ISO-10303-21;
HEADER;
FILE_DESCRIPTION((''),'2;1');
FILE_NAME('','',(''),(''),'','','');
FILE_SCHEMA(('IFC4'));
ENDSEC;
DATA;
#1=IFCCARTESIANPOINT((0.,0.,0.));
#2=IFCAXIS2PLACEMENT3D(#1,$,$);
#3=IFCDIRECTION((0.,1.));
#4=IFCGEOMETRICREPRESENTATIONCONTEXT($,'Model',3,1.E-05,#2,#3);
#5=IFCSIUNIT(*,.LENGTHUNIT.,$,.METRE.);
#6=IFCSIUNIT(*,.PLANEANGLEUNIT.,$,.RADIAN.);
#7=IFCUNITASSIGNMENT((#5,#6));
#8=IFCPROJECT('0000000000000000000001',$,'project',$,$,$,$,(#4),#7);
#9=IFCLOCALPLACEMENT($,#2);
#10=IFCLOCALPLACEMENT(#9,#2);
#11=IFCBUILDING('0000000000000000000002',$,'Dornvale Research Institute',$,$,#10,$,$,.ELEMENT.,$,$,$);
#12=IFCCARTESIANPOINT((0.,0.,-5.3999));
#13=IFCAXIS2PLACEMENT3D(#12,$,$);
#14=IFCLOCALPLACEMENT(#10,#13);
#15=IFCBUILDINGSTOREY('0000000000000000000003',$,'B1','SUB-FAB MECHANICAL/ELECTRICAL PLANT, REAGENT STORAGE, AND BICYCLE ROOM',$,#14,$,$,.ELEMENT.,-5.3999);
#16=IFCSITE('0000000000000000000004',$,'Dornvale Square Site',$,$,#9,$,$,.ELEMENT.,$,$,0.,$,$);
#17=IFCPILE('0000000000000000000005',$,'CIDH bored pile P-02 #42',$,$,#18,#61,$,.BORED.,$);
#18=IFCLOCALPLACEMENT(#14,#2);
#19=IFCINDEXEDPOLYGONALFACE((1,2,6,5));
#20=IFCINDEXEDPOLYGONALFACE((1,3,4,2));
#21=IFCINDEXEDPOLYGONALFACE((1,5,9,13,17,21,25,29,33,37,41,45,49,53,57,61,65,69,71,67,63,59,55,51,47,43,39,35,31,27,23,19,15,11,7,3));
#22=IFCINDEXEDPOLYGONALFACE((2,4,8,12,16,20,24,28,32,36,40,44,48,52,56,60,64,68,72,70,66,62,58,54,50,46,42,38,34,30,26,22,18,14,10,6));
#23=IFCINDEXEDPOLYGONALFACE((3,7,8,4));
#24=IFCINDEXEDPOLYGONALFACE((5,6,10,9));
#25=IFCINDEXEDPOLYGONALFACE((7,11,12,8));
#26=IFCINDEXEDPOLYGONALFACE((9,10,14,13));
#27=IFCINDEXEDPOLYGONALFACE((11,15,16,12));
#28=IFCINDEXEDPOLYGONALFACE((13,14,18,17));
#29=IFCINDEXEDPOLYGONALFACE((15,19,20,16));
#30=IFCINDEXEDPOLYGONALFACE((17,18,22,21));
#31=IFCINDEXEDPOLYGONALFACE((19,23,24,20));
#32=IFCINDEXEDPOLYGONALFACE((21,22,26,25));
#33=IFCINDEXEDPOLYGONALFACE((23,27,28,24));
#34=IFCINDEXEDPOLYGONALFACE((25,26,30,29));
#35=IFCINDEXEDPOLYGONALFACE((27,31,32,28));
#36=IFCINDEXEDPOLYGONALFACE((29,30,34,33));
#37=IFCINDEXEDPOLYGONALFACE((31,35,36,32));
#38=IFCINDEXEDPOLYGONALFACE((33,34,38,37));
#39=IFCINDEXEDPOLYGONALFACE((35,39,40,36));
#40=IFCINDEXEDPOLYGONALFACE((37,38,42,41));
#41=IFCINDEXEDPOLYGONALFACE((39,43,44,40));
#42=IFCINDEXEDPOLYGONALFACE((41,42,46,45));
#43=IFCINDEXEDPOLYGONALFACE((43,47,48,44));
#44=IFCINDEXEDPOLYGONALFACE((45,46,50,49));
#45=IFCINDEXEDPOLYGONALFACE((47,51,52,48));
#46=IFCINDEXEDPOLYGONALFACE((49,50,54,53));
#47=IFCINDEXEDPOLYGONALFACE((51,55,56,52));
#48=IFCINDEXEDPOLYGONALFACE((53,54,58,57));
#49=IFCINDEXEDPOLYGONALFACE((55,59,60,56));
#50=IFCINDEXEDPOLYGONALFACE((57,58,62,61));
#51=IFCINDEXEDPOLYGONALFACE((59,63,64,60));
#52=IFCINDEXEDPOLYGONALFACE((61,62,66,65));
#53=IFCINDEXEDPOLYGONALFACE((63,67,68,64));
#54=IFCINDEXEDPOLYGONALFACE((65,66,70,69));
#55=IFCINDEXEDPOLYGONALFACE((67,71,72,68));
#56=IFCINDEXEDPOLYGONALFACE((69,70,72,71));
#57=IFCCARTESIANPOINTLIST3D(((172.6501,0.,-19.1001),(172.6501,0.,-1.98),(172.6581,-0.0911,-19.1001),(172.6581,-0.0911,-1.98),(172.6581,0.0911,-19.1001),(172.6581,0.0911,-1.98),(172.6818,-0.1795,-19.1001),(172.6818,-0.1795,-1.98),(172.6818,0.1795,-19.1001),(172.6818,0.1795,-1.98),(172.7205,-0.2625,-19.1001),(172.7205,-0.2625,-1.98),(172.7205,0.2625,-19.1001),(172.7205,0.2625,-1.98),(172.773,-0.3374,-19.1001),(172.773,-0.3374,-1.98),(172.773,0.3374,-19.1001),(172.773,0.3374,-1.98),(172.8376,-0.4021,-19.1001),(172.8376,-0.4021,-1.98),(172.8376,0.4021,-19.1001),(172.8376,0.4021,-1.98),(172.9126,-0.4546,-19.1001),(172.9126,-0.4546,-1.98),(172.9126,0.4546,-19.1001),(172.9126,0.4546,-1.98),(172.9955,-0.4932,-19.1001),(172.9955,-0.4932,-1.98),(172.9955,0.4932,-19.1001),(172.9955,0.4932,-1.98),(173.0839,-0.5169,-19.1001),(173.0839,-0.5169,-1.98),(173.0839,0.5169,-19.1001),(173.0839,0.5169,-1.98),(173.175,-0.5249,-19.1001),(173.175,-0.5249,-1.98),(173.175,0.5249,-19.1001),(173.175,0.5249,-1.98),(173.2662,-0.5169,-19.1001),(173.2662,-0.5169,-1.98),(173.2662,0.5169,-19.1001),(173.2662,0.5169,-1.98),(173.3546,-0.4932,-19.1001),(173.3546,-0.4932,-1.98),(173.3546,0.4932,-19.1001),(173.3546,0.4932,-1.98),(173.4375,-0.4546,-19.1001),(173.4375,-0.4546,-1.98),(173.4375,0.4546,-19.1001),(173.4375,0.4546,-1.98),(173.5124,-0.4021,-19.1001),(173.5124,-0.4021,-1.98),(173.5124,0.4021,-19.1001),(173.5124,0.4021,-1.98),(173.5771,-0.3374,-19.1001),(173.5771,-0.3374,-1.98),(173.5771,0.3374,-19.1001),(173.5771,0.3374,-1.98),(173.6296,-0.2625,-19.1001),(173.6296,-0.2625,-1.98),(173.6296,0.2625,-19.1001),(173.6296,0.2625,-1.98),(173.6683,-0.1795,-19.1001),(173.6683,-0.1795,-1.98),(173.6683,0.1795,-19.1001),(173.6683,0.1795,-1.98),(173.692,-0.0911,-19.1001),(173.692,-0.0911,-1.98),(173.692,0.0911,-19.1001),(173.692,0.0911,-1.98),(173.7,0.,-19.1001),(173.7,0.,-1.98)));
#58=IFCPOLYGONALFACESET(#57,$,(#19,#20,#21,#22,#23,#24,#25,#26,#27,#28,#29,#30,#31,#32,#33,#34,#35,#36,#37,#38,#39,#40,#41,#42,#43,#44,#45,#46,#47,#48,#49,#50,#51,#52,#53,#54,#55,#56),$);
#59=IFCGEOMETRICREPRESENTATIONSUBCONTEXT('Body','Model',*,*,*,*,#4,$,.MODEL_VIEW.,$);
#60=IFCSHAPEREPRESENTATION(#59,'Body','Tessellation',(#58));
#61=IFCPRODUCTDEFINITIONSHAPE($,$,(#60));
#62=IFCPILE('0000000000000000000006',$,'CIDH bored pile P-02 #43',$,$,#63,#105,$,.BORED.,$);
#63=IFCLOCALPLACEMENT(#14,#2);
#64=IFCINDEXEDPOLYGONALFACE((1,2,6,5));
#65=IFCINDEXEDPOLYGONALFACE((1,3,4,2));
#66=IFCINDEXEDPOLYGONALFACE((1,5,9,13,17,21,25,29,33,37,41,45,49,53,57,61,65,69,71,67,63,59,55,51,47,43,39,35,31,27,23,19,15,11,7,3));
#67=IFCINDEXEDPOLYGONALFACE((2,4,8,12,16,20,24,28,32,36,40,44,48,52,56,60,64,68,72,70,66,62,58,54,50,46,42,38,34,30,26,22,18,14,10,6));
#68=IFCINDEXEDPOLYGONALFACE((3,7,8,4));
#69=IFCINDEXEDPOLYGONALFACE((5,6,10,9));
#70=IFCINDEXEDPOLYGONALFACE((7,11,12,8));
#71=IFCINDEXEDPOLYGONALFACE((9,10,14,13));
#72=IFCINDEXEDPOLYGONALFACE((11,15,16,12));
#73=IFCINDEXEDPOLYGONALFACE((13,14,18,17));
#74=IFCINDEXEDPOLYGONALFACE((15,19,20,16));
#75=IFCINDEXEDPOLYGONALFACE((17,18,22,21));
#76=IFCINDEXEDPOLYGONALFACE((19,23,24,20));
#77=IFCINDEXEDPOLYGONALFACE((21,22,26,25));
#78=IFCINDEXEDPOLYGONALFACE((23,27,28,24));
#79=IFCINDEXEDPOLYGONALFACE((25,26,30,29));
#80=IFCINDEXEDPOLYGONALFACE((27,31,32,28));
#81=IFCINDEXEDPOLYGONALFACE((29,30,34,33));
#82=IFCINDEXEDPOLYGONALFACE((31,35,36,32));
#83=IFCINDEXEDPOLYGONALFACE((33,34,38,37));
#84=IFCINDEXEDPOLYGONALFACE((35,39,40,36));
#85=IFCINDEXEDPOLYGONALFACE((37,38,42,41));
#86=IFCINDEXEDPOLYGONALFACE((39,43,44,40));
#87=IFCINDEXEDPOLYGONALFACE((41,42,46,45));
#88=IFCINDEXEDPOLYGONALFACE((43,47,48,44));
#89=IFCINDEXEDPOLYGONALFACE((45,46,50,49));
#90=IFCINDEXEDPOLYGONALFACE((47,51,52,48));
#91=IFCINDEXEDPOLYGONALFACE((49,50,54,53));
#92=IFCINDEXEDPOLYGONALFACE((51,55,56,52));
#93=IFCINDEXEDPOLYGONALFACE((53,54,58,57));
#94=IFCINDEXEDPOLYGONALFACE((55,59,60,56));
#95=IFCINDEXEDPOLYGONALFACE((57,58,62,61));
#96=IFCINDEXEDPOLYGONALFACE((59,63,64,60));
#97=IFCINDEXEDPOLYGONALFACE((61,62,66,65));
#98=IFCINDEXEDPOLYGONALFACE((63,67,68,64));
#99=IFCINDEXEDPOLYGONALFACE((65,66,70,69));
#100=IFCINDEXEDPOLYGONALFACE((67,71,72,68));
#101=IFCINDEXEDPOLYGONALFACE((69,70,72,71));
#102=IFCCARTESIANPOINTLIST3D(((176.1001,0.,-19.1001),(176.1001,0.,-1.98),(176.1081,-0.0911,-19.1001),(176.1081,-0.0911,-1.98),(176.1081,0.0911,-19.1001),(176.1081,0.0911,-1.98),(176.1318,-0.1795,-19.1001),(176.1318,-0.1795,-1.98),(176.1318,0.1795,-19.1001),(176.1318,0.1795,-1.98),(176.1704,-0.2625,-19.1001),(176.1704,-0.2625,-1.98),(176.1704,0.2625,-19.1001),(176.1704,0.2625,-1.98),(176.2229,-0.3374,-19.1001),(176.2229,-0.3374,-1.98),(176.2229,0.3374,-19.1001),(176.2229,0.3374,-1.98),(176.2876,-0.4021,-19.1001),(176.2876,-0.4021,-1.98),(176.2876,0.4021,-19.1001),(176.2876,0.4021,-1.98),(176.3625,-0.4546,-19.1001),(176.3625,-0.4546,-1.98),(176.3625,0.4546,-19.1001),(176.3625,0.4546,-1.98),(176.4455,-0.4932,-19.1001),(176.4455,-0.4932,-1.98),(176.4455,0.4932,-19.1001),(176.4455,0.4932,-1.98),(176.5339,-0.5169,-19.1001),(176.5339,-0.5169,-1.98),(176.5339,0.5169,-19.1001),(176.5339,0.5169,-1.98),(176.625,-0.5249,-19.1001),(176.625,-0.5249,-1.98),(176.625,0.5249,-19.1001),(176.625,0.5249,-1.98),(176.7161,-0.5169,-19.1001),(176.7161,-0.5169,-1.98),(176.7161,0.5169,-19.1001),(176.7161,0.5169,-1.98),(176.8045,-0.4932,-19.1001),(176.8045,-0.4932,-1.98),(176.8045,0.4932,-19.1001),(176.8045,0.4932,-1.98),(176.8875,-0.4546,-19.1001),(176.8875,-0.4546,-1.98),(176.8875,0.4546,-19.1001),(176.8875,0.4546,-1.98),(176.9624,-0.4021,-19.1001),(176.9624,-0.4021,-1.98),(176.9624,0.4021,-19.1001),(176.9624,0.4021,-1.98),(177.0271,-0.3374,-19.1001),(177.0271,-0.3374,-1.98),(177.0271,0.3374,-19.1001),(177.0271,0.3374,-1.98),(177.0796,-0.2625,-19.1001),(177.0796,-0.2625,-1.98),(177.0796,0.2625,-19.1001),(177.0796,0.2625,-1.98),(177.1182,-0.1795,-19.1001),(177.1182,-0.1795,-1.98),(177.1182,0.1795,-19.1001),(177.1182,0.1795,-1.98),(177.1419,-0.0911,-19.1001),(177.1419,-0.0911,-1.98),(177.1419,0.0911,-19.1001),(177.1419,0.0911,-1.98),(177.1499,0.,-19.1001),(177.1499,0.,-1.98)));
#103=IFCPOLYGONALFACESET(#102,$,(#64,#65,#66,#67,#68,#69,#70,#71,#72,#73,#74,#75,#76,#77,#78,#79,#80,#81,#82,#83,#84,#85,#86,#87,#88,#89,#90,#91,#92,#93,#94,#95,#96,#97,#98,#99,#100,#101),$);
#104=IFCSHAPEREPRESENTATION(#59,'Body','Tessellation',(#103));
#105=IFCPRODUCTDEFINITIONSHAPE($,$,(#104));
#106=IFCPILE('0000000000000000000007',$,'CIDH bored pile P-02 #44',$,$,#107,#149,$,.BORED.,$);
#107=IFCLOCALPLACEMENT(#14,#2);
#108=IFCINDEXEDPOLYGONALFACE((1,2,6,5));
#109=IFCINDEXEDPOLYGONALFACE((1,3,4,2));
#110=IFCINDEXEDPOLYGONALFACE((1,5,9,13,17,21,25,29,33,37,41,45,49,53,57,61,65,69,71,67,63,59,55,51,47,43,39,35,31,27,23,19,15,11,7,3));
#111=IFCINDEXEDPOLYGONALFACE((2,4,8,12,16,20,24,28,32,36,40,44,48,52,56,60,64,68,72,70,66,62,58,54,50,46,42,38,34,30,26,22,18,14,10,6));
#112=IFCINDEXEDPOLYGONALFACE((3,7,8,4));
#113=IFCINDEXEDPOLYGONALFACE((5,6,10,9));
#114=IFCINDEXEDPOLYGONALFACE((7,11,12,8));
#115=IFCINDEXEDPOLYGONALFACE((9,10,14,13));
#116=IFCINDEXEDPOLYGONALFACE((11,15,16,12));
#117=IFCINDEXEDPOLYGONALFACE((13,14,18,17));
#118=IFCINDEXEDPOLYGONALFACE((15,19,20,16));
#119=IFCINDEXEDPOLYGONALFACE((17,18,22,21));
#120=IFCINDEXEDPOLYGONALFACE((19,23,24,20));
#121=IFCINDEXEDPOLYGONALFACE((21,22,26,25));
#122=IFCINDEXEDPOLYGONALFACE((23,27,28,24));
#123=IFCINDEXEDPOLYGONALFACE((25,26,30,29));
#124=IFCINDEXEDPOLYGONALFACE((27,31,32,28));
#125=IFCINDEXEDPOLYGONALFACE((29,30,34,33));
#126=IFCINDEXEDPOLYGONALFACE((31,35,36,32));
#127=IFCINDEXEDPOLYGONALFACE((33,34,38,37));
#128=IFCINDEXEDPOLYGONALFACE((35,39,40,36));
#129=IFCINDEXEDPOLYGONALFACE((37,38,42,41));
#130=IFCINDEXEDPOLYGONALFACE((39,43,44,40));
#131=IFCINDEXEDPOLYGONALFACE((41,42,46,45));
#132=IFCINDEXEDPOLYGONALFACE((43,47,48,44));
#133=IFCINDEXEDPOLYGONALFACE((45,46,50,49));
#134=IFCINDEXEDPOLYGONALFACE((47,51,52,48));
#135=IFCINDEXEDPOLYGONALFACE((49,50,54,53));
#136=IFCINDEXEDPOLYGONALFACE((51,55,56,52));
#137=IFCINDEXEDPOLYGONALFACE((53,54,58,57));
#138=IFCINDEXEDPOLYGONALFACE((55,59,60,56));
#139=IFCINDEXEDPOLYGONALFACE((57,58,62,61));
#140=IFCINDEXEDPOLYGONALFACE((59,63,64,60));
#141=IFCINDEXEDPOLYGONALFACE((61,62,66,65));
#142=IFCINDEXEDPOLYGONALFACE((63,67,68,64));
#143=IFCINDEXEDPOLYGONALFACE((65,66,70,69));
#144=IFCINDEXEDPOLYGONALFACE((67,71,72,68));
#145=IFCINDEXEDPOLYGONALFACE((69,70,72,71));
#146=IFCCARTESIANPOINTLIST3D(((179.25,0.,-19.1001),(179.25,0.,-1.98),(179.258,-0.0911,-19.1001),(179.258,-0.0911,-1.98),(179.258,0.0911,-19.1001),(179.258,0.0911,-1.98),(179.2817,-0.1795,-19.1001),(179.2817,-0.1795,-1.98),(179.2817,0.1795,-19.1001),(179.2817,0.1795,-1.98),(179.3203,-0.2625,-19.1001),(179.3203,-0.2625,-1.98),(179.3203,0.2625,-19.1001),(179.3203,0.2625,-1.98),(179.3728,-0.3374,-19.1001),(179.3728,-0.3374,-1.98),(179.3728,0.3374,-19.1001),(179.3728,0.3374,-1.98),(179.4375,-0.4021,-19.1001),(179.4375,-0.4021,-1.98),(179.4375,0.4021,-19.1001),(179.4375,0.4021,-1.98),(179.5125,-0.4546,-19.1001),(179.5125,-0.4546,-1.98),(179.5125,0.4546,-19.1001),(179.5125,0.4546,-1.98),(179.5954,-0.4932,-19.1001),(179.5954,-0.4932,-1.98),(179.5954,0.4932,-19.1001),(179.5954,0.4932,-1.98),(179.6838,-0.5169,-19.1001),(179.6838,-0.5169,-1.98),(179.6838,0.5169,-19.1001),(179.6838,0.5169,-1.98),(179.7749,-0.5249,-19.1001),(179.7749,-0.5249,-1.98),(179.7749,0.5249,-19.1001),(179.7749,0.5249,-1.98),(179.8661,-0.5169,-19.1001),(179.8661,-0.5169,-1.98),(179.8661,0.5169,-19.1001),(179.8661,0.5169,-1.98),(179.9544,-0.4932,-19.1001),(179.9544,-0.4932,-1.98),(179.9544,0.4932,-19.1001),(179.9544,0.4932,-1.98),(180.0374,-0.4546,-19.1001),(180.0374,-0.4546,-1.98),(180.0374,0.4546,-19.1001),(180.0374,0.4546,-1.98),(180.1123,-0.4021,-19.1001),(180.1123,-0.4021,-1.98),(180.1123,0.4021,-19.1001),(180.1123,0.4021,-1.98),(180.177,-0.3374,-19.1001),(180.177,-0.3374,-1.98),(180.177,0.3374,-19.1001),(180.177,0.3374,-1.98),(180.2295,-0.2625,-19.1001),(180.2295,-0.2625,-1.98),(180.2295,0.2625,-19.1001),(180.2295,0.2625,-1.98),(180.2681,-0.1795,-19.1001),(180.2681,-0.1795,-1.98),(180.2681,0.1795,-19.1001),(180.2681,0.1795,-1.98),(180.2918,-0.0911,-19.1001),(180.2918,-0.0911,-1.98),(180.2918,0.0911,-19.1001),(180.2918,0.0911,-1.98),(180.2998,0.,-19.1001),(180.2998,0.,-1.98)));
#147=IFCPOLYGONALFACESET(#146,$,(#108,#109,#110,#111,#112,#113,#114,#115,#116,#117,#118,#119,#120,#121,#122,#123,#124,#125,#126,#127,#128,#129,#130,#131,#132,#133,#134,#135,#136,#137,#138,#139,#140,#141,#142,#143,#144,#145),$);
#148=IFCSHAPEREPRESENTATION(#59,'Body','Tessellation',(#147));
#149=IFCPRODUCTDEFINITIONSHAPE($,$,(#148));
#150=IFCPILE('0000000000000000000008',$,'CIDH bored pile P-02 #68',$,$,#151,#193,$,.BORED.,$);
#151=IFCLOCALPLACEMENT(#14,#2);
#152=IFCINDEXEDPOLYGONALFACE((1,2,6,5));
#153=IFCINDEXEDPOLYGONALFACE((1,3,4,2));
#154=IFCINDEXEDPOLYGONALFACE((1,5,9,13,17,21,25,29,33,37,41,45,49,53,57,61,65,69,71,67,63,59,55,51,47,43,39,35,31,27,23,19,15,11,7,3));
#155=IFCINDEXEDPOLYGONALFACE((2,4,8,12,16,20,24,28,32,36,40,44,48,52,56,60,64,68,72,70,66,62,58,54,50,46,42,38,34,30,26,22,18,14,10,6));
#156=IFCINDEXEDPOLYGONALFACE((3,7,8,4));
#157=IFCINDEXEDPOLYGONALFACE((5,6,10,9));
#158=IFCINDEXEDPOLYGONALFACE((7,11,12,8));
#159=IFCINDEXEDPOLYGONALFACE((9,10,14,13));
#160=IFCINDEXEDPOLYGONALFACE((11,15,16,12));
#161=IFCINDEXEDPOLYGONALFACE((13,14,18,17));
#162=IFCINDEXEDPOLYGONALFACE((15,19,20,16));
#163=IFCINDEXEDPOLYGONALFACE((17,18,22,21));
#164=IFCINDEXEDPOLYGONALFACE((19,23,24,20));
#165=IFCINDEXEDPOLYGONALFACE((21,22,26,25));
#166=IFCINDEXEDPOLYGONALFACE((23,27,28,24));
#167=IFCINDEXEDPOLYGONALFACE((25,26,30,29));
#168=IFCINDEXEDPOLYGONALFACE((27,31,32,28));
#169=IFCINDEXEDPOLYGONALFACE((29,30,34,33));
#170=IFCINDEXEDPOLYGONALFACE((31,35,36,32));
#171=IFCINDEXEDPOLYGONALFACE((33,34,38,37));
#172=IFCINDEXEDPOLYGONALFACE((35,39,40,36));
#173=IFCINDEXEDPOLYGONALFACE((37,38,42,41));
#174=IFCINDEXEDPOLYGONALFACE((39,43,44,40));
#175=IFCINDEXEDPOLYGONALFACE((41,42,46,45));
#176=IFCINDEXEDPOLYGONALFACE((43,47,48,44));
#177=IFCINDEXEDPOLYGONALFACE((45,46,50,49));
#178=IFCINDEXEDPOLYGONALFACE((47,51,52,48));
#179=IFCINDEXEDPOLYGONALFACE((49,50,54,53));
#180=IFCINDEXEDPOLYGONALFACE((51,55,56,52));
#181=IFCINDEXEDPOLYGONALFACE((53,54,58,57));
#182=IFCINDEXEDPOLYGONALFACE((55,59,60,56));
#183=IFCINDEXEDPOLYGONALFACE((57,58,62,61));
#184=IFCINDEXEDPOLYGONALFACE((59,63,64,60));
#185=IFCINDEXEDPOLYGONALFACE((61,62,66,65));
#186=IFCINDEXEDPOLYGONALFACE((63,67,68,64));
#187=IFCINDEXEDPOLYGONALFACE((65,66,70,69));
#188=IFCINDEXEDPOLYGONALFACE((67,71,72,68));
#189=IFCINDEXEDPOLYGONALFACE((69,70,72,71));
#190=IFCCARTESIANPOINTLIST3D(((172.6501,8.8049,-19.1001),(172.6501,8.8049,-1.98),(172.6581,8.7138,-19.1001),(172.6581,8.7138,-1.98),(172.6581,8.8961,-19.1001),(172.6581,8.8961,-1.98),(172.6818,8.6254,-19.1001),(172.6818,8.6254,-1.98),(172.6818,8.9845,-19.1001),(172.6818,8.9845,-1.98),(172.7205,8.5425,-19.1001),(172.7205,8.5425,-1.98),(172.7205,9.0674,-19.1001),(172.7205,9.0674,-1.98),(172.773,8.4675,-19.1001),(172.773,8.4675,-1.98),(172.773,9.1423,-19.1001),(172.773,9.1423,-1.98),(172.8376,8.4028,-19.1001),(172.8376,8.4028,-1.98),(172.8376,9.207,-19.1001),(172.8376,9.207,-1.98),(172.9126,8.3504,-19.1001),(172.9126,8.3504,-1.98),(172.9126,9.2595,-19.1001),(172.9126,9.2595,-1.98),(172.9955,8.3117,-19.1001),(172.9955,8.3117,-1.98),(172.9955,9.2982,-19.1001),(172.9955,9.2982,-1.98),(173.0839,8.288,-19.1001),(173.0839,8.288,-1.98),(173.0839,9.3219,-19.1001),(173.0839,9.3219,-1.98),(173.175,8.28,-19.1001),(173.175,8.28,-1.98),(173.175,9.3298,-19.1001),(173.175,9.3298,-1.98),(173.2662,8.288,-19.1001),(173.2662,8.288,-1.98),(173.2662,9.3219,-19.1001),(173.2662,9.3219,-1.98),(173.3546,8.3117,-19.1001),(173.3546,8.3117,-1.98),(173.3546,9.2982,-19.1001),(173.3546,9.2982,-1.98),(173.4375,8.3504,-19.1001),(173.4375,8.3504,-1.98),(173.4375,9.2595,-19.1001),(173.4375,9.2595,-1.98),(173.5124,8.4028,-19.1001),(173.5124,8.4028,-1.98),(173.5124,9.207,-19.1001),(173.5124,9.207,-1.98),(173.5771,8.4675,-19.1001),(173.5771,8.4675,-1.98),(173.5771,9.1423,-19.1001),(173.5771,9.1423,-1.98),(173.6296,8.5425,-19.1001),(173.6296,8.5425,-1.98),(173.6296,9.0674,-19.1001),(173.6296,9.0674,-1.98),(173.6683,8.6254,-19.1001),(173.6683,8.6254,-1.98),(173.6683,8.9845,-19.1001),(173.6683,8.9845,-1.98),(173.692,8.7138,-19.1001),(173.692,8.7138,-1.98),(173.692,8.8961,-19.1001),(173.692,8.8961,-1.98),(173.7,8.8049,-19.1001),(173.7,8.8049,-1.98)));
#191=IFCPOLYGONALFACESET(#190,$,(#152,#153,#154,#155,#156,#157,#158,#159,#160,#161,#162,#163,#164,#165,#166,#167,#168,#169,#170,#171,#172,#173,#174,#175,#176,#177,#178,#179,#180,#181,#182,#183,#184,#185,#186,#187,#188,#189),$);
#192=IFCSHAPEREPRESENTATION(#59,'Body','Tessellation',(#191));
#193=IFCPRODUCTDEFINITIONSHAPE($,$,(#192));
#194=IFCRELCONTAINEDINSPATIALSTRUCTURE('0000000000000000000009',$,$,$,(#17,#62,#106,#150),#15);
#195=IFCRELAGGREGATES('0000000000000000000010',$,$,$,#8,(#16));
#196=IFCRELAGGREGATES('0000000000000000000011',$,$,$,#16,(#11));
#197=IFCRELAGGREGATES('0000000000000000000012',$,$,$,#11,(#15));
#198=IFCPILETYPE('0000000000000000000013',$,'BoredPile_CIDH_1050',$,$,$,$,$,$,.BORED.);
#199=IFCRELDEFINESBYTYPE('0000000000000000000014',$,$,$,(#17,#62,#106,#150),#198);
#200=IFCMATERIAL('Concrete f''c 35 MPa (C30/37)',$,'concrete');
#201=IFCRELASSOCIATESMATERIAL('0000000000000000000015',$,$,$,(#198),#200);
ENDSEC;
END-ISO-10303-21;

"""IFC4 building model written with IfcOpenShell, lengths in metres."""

from ifc_helpers import new_model, si_unit, direction, frame, origin, origin_2d, place, context, subcontext, project, spatial, circle, extrude, material, material_profile, profile_set, type_object, element, save


model = new_model("IFC4")

# Units and contexts
model_context = context("Model", 3, precision=1e-05, world=origin(), true_north=direction((0.0, 1.0)))
body_context = subcontext(model_context, "Body", "Model", "MODEL_VIEW")
ifc_project = project(units=[si_unit("LENGTHUNIT", "METRE"), si_unit("PLANEANGLEUNIT", "RADIAN")], contexts=[model_context])

# Site, building, storey
site_placement = place(None, origin())
site = spatial("IfcSite", under=ifc_project, at=site_placement, Name="Dornvale Square Site", CompositionType="ELEMENT", RefElevation=0.0)
building_placement = place(site_placement, origin())
building = spatial("IfcBuilding", under=site, at=building_placement, Name="Dornvale Research Institute", CompositionType="ELEMENT")
storey_placement = place(building_placement, frame((0.0, 0.0, -5.3999)))
storey = spatial("IfcBuildingStorey", under=building, at=storey_placement, Name="B1", Description="SUB-FAB MECHANICAL/ELECTRICAL PLANT, REAGENT STORAGE, AND BICYCLE ROOM", CompositionType="ELEMENT", Elevation=-5.3999)

# Piles
ifc_material_1 = material(Name="Concrete f'c 35 MPa (C30/37)", Category="concrete")
ifc_material_profile_1 = material_profile(ifc_material_1, circle(Radius=0.5249, at=origin_2d()), Name="CIDH PILE D1050")
ifc_profile_set_1 = profile_set([ifc_material_profile_1], Name="Concrete f'c 35 MPa (C30/37)")
pile_type = type_object("IfcPileType", Name="BoredPile_CIDH_1050", PredefinedType="BORED", material=ifc_profile_set_1)
for number, where, z_axis, x_axis, name in (
    (1, (173.175, 0.0, -1.98), (0.0, 0.0, -1.0), (1.0, 0.0, 0.0), "CIDH bored pile P-02 #42"),
    (2, (176.625, 0.0, -1.98), (0.0, 0.0, -1.0), (1.0, 0.0, 0.0), "CIDH bored pile P-02 #43"),
    (3, (179.7749, 0.0, -1.98), (0.0, 0.0, -1.0), (1.0, 0.0, 0.0), "CIDH bored pile P-02 #44"),
    (4, (173.175, 8.8049, -1.98), (0.0, 0.0, -1.0), (1.0, 0.0, 0.0), "CIDH bored pile P-02 #68"),
):
    element("IfcPile", number, at=place(storey_placement, frame(where, z_axis=z_axis, x_axis=x_axis)), inside=storey, type_object=pile_type, Name=name, PredefinedType="BORED", context=body_context, shape_type="SweptSolid", body=[
        extrude(circle(Radius=0.5249, at=origin_2d()), origin(), (0.0, 0.0, 1.0), 17.1201),
    ])

save(model, "model.ifc")
